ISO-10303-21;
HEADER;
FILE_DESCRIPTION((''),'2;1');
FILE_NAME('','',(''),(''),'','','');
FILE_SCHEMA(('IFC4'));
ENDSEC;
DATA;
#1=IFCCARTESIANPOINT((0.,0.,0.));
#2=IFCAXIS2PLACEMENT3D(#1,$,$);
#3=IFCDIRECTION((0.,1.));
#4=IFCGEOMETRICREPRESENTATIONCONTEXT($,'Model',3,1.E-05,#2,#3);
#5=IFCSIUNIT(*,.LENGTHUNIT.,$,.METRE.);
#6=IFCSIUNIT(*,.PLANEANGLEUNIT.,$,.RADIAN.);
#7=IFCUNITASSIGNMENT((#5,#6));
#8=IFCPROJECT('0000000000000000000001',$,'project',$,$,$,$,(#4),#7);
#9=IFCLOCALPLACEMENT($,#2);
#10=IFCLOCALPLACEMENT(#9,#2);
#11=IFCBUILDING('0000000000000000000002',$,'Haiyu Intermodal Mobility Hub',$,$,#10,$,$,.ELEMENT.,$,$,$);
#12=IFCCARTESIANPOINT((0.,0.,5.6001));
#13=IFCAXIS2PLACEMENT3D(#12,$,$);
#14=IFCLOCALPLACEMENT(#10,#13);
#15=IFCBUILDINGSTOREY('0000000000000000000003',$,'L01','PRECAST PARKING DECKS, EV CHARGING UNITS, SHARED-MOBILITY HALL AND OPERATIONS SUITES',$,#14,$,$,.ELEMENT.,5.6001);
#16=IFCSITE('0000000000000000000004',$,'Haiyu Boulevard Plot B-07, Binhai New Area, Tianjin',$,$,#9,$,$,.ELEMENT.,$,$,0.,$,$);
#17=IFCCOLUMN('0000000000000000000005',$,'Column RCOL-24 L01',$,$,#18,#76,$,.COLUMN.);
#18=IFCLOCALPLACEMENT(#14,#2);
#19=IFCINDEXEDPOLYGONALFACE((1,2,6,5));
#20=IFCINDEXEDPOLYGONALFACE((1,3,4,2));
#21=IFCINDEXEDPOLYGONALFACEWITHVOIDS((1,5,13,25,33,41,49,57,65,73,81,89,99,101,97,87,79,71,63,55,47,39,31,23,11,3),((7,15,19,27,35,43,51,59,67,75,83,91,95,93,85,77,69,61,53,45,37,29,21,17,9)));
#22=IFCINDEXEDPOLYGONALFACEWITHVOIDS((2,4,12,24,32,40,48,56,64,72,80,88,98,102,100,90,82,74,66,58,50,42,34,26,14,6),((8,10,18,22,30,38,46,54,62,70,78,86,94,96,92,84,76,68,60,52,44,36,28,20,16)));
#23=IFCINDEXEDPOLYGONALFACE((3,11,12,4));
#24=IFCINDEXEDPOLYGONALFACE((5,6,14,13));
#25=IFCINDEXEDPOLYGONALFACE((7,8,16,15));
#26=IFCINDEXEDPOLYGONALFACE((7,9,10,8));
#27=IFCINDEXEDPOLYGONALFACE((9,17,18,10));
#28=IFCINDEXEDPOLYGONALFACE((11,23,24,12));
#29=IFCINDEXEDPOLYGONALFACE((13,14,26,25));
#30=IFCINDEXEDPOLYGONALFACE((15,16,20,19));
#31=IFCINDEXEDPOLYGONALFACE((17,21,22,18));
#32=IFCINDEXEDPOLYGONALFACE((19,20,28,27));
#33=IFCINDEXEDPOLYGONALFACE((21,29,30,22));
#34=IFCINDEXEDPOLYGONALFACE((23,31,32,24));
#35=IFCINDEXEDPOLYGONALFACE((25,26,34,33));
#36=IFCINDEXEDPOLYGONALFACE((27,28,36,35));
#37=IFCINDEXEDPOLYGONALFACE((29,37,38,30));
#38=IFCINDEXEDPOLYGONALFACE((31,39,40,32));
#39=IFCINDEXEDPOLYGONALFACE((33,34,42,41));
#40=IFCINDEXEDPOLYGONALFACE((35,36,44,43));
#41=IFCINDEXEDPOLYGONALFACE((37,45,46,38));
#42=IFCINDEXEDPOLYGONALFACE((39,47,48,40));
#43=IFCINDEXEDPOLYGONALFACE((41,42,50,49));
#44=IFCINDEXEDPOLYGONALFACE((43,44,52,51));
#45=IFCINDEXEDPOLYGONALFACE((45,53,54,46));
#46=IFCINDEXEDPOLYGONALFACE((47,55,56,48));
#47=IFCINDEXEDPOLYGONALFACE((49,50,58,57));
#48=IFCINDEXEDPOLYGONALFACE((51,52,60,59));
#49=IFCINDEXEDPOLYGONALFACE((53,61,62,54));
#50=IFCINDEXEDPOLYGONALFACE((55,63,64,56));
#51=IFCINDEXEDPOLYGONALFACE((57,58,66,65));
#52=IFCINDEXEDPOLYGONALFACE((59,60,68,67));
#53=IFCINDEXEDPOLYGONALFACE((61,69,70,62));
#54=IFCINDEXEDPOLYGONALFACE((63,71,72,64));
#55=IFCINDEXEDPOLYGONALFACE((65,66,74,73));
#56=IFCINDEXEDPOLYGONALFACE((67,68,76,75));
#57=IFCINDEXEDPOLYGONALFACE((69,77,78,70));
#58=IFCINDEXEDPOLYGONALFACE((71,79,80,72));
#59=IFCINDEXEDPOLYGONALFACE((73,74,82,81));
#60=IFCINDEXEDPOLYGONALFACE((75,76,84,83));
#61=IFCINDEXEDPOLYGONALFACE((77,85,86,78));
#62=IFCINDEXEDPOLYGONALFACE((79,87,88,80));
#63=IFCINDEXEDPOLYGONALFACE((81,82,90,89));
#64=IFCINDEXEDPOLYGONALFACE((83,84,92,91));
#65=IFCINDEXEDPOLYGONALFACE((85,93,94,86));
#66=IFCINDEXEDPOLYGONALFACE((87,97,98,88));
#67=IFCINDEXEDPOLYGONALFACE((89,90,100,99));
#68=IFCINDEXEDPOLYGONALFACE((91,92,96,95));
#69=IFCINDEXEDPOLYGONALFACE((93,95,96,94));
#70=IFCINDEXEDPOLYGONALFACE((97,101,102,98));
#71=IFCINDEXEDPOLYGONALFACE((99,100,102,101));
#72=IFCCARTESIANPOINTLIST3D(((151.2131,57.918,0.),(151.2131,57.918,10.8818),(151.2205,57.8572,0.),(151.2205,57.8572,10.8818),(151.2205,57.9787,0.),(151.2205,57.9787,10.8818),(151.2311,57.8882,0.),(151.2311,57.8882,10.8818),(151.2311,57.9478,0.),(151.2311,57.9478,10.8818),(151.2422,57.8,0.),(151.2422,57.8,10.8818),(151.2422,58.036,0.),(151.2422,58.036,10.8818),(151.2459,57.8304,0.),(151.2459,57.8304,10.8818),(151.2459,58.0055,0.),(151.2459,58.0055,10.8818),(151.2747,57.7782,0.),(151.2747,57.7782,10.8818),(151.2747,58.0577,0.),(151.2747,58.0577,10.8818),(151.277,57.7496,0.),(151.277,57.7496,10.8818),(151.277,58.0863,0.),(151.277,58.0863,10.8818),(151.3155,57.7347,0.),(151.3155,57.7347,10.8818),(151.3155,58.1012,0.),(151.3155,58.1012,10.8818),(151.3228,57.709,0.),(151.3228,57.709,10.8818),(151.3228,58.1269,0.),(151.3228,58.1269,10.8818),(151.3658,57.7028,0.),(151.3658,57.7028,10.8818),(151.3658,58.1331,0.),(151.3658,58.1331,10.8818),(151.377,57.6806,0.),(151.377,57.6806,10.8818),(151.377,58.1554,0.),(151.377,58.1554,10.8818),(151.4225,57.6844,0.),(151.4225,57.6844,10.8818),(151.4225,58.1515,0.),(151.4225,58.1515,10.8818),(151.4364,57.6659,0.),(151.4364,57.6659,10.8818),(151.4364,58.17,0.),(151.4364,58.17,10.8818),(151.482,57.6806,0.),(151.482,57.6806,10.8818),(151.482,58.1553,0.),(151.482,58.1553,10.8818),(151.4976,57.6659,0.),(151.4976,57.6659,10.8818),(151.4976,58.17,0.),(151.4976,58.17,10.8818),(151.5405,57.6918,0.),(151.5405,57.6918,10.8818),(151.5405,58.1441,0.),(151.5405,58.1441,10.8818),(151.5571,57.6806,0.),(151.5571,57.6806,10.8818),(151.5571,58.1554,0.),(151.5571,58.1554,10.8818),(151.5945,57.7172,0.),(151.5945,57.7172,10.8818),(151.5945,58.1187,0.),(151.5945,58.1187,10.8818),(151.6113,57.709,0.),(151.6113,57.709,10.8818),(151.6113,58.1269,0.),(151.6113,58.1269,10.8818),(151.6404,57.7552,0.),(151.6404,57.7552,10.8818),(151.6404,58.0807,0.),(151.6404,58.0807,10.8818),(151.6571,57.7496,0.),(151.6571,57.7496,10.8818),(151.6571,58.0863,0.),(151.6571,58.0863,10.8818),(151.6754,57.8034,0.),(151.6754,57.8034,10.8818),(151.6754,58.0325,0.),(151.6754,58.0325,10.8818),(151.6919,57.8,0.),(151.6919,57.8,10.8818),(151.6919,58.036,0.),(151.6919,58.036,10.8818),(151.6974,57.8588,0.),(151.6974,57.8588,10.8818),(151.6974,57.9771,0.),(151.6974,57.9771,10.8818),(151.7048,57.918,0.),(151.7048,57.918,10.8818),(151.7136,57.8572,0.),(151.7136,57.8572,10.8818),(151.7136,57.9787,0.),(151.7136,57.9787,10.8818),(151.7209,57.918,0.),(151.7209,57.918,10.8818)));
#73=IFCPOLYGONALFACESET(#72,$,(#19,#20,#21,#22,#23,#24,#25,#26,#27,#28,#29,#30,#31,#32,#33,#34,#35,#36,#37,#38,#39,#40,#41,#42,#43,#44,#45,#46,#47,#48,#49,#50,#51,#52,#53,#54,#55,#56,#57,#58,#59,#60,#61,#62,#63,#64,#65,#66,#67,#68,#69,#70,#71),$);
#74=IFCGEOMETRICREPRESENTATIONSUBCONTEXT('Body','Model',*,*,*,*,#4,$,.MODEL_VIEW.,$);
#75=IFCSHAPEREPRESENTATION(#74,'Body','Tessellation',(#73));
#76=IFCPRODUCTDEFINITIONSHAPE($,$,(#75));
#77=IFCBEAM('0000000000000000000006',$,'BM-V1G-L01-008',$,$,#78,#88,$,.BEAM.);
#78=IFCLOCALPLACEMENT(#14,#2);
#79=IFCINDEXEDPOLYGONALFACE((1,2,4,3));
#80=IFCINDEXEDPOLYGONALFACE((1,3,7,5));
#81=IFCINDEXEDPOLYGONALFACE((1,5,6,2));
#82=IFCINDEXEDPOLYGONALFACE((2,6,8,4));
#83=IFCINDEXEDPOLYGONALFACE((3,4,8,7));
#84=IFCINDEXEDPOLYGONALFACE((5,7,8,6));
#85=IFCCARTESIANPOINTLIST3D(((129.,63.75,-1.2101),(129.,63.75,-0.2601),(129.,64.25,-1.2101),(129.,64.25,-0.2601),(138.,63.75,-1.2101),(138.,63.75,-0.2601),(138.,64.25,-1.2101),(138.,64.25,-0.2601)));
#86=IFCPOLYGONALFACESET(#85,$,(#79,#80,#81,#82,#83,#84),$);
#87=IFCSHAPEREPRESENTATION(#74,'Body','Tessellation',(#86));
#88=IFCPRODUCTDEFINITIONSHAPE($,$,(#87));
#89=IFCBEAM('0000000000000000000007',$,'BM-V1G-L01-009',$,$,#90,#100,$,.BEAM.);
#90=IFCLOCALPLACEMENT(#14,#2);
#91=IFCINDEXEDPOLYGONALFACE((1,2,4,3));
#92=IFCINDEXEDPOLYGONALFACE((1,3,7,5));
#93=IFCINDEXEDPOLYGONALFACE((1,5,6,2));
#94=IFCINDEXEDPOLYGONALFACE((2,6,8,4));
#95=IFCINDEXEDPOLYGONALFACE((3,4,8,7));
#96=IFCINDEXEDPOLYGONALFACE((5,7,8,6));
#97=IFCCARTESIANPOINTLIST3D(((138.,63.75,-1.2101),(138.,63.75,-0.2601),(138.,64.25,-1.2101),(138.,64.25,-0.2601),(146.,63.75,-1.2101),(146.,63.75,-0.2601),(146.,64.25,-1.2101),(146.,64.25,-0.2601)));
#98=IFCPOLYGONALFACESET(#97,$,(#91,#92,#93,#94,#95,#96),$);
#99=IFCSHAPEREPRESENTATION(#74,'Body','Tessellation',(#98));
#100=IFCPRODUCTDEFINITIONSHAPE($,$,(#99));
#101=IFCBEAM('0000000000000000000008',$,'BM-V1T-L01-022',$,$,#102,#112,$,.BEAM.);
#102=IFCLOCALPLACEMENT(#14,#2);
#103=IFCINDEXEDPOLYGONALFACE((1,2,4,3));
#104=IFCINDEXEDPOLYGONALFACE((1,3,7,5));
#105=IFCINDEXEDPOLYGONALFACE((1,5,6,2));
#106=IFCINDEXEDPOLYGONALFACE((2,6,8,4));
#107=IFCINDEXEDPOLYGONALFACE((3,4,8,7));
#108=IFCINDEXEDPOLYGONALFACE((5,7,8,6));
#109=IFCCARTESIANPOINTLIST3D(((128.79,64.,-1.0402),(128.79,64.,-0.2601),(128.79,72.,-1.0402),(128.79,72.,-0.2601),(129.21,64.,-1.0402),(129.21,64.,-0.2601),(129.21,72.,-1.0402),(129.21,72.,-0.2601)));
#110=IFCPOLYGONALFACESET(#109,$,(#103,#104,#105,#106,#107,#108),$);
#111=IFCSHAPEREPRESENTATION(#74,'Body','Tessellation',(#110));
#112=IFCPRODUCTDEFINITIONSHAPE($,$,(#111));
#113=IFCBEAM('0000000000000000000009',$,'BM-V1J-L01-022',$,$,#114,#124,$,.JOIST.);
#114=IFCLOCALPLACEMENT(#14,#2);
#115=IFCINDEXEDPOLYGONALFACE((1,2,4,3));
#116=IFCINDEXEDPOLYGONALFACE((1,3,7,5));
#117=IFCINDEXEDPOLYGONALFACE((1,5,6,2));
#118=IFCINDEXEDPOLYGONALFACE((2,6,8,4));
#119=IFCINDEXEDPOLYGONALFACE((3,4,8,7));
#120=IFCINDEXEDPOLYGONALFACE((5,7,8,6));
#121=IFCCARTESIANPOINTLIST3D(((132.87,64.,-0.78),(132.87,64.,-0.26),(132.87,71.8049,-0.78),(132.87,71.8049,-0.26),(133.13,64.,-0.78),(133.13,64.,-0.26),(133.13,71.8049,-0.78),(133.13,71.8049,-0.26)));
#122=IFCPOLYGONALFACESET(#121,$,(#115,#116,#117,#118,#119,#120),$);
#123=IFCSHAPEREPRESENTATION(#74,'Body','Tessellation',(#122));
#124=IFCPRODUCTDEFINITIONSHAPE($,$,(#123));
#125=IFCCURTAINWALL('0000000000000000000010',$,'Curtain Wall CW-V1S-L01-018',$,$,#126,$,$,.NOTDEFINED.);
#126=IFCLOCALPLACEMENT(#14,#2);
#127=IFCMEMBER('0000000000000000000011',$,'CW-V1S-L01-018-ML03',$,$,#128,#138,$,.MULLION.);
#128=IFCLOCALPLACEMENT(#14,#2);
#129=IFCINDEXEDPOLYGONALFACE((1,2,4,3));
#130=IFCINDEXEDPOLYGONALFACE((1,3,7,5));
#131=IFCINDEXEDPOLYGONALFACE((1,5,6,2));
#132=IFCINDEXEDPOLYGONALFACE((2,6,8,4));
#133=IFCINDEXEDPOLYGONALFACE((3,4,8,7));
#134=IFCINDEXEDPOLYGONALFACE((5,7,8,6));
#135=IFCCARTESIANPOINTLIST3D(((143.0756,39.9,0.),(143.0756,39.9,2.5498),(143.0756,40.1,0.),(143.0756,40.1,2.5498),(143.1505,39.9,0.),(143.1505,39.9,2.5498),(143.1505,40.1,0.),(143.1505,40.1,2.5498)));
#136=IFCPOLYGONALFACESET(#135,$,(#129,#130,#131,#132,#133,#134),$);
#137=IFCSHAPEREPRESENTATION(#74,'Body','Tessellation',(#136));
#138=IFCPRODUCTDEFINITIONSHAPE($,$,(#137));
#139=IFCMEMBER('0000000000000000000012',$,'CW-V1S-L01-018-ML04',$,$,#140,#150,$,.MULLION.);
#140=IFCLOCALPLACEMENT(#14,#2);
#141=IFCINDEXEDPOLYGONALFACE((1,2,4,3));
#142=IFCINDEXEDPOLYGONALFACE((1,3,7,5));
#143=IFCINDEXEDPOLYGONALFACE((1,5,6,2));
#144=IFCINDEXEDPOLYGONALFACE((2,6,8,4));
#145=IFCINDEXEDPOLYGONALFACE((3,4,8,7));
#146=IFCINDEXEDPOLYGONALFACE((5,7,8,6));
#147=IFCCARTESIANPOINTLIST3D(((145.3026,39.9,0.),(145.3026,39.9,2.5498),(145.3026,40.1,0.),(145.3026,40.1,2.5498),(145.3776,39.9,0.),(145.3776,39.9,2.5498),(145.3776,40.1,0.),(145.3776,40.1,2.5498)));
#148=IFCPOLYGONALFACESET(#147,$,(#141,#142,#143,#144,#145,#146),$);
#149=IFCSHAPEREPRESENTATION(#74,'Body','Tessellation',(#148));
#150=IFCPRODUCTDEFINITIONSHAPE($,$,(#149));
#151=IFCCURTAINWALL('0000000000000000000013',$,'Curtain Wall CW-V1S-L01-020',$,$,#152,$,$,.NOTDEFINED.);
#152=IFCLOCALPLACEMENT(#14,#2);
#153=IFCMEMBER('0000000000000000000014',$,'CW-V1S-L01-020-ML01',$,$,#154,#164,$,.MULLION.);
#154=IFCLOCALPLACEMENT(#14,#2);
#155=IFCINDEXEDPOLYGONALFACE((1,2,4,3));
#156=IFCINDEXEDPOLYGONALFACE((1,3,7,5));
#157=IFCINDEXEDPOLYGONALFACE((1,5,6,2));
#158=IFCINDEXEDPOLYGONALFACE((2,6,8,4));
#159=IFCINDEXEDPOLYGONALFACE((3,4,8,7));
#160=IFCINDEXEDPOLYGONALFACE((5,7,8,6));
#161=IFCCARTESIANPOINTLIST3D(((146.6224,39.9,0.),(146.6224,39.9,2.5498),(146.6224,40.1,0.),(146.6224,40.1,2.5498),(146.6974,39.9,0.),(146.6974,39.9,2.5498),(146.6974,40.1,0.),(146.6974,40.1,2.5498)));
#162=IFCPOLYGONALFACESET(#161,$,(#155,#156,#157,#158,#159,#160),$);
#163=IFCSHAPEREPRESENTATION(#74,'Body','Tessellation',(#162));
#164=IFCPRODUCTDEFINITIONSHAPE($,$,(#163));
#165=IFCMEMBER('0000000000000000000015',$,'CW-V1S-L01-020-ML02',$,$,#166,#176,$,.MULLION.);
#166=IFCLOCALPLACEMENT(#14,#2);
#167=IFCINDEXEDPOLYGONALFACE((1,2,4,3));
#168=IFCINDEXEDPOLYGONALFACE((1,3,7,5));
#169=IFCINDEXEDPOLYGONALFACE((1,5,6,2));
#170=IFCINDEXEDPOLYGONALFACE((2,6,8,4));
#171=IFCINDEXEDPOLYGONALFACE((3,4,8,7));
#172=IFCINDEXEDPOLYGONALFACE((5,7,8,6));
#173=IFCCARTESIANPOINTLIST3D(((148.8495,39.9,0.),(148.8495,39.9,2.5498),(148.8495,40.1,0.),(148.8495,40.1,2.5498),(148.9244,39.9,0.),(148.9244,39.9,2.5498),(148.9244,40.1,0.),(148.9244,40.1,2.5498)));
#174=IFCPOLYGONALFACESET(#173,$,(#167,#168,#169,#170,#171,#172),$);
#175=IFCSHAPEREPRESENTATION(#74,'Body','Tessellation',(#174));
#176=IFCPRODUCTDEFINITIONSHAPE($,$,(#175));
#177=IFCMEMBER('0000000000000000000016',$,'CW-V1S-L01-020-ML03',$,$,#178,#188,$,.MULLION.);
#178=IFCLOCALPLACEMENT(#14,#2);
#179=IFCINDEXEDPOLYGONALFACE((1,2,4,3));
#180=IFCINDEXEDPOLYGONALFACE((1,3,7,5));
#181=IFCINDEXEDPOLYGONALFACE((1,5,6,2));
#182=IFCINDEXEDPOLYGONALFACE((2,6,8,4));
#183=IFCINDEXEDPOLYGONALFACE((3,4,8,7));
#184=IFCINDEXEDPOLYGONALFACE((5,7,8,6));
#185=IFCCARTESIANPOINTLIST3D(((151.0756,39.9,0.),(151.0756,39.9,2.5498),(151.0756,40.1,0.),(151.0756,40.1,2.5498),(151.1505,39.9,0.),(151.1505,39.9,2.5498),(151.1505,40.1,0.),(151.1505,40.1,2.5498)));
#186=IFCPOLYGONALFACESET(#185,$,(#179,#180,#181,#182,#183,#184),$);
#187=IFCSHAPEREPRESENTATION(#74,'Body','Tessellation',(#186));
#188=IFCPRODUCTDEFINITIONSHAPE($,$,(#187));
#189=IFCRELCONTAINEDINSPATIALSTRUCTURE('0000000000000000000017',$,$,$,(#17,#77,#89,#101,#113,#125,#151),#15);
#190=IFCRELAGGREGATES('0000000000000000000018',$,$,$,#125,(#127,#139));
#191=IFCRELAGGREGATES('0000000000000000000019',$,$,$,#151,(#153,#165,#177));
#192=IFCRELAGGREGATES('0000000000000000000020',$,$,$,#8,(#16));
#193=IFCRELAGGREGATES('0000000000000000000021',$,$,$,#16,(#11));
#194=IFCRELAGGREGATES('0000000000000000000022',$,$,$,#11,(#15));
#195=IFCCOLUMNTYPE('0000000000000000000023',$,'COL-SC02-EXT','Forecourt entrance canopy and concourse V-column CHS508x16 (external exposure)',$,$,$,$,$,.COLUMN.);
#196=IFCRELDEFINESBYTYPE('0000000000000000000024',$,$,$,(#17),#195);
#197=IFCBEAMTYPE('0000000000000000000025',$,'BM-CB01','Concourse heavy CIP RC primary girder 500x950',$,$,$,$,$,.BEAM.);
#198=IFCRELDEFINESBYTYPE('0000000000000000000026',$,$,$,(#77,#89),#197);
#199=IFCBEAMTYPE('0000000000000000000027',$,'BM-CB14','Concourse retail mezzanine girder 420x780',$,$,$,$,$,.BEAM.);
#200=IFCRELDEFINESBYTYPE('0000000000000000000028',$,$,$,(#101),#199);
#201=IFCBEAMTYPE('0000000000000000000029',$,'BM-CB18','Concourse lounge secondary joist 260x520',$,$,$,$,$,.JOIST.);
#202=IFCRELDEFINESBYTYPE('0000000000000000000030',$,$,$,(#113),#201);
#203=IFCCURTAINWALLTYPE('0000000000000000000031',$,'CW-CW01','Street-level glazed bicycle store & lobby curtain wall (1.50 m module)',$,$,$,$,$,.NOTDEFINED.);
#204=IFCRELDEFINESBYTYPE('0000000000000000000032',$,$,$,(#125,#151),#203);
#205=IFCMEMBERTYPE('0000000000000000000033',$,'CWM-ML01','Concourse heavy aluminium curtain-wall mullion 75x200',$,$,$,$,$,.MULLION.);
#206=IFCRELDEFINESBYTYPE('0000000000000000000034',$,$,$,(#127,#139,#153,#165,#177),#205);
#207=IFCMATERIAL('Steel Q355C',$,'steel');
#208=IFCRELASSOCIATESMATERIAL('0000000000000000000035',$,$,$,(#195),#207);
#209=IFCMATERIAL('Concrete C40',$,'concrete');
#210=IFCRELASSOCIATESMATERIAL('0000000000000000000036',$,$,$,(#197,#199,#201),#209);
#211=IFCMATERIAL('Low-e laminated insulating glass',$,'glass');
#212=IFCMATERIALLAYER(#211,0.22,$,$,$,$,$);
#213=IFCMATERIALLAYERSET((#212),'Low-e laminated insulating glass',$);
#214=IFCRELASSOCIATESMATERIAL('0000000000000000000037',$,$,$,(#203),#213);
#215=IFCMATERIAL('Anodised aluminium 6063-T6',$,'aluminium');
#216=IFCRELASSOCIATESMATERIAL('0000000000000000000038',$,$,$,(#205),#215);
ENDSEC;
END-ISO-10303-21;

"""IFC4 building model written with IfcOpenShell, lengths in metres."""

from ifc_helpers import new_model, si_unit, direction, frame, origin, origin_2d, place, context, subcontext, project, spatial, rectangle, hollow_circle, extrude, material, layer, layer_set, material_profile, profile_set, type_object, element, aggregate, save


model = new_model("IFC4")

# Units and contexts
model_context = context("Model", 3, precision=1e-05, world=origin(), true_north=direction((0.0, 1.0)))
body_context = subcontext(model_context, "Body", "Model", "MODEL_VIEW")
ifc_project = project(units=[si_unit("LENGTHUNIT", "METRE"), si_unit("PLANEANGLEUNIT", "RADIAN")], contexts=[model_context])

# Site, building, storey
site_placement = place(None, origin())
site = spatial("IfcSite", under=ifc_project, at=site_placement, Name="Haiyu Boulevard Plot B-07, Binhai New Area, Tianjin", CompositionType="ELEMENT", RefElevation=0.0)
building_placement = place(site_placement, origin())
building = spatial("IfcBuilding", under=site, at=building_placement, Name="Haiyu Intermodal Mobility Hub", CompositionType="ELEMENT")
storey_placement = place(building_placement, frame((0.0, 0.0, 5.6001)))
storey = spatial("IfcBuildingStorey", under=building, at=storey_placement, Name="L01", Description="PRECAST PARKING DECKS, EV CHARGING UNITS, SHARED-MOBILITY HALL AND OPERATIONS SUITES", CompositionType="ELEMENT", Elevation=5.6001)

# Column
ifc_material_1 = material(Name="Concrete C40", Category="concrete")
ifc_material_2 = material(Name="Steel Q355C", Category="steel")
ifc_material_profile_1 = material_profile(ifc_material_2, hollow_circle(Radius=0.2539, WallThickness=0.0161, at=origin_2d()), Name="CHS508x16")
ifc_profile_set_1 = profile_set([ifc_material_profile_1], Name="Steel Q355C")
column_type_1 = type_object("IfcColumnType", Name="COL-SC02-EXT", Description="Forecourt entrance canopy and concourse V-column CHS508x16 (external exposure)", PredefinedType="COLUMN", material=ifc_profile_set_1)
column_1_placement = place(storey_placement, frame((151.467, 57.918, 0.0), z_axis=(0.0, 0.0, 1.0), x_axis=(1.0, 0.0, 0.0)))
element("IfcColumn", 1, at=column_1_placement, inside=storey, type_object=column_type_1, Name="Column RCOL-24 L01", PredefinedType="COLUMN", context=body_context, shape_type="SweptSolid", body=[
    extrude(hollow_circle(Radius=0.2539, WallThickness=0.0161, at=origin_2d()), origin(), (0.0, 0.0, 1.0), 10.8818),
])

# Beams
ifc_material_profile_2 = material_profile(ifc_material_1, rectangle(XDim=0.5, YDim=0.95, at=origin_2d()), Name="RCB500x950")
ifc_profile_set_2 = profile_set([ifc_material_profile_2], Name="Concrete C40")
beam_type_1 = type_object("IfcBeamType", Name="BM-CB01", Description="Concourse heavy CIP RC primary girder 500x950", PredefinedType="BEAM", material=ifc_profile_set_2)
beam_1_placement = place(storey_placement, frame((129.0, 64.0, -0.7351), z_axis=(1.0, 0.0, 0.0), x_axis=(0.0, 1.0, 0.0)))
element("IfcBeam", 2, at=beam_1_placement, inside=storey, type_object=beam_type_1, Name="BM-V1G-L01-008", PredefinedType="BEAM", context=body_context, shape_type="SweptSolid", body=[
    extrude(rectangle(XDim=0.5, YDim=0.95, at=origin_2d()), origin(), (0.0, 0.0, 1.0), 9.0),
])
beam_2_placement = place(storey_placement, frame((138.0, 64.0, -0.7351), z_axis=(1.0, 0.0, 0.0), x_axis=(0.0, 1.0, 0.0)))
element("IfcBeam", 3, at=beam_2_placement, inside=storey, type_object=beam_type_1, Name="BM-V1G-L01-009", PredefinedType="BEAM", context=body_context, shape_type="SweptSolid", body=[
    extrude(rectangle(XDim=0.5, YDim=0.95, at=origin_2d()), origin(), (0.0, 0.0, 1.0), 8.0),
])
ifc_material_profile_3 = material_profile(ifc_material_1, rectangle(XDim=0.4199, YDim=0.78, at=origin_2d()), Name="B420x780")
ifc_profile_set_3 = profile_set([ifc_material_profile_3], Name="Concrete C40")
beam_type_2 = type_object("IfcBeamType", Name="BM-CB14", Description="Concourse retail mezzanine girder 420x780", PredefinedType="BEAM", material=ifc_profile_set_3)
beam_3_placement = place(storey_placement, frame((129.0, 64.0, -0.6501), z_axis=(0.0, 1.0, 0.0), x_axis=(-1.0, 0.0, 0.0)))
element("IfcBeam", 4, at=beam_3_placement, inside=storey, type_object=beam_type_2, Name="BM-V1T-L01-022", PredefinedType="BEAM", context=body_context, shape_type="SweptSolid", body=[
    extrude(rectangle(XDim=0.4199, YDim=0.78, at=origin_2d()), origin(), (0.0, 0.0, 1.0), 8.0),
])
ifc_material_profile_4 = material_profile(ifc_material_1, rectangle(XDim=0.26, YDim=0.52, at=origin_2d()), Name="B260x520")
ifc_profile_set_4 = profile_set([ifc_material_profile_4], Name="Concrete C40")
beam_type_3 = type_object("IfcBeamType", Name="BM-CB18", Description="Concourse lounge secondary joist 260x520", PredefinedType="JOIST", material=ifc_profile_set_4)
beam_4_placement = place(storey_placement, frame((133.0, 64.0, -0.52), z_axis=(0.0, 1.0, 0.0), x_axis=(-1.0, 0.0, 0.0)))
element("IfcBeam", 5, at=beam_4_placement, inside=storey, type_object=beam_type_3, Name="BM-V1J-L01-022", PredefinedType="JOIST", context=body_context, shape_type="SweptSolid", body=[
    extrude(rectangle(XDim=0.26, YDim=0.52, at=origin_2d()), origin(), (0.0, 0.0, 1.0), 7.8049),
])

# Curtain walls, members
ifc_material_3 = material(Name="Low-e laminated insulating glass", Category="glass")
ifc_layer_1 = layer(ifc_material_3, 0.22)
ifc_layer_set_1 = layer_set([ifc_layer_1], Name="Low-e laminated insulating glass")
curtain_wall_type = type_object("IfcCurtainWallType", Name="CW-CW01", Description="Street-level glazed bicycle store & lobby curtain wall (1.50 m module)", PredefinedType="NOTDEFINED", material=ifc_layer_set_1)
curtain_wall_1_placement = place(storey_placement, origin())
curtain_wall_1 = element("IfcCurtainWall", 6, at=curtain_wall_1_placement, inside=storey, type_object=curtain_wall_type, Name="Curtain Wall CW-V1S-L01-018", PredefinedType="NOTDEFINED")
ifc_material_4 = material(Name="Anodised aluminium 6063-T6", Category="aluminium")
ifc_material_profile_5 = material_profile(ifc_material_4, rectangle(XDim=0.075, YDim=0.2, at=origin_2d()), Name="ALU75x200")
ifc_profile_set_5 = profile_set([ifc_material_profile_5], Name="Anodised aluminium 6063-T6")
member_type_1 = type_object("IfcMemberType", Name="CWM-ML01", Description="Concourse heavy aluminium curtain-wall mullion 75x200", PredefinedType="MULLION", material=ifc_profile_set_5)
member_1_placement = place(storey_placement, frame((143.113, 40.0, 0.0), z_axis=(0.0, 0.0, 1.0), x_axis=(1.0, 0.0, 0.0)))
member_1 = element("IfcMember", 7, at=member_1_placement, type_object=member_type_1, Name="CW-V1S-L01-018-ML03", PredefinedType="MULLION", context=body_context, shape_type="SweptSolid", body=[
    extrude(rectangle(XDim=0.075, YDim=0.2, at=origin_2d()), origin(), (0.0, 0.0, 1.0), 2.5498),
])
member_2_placement = place(storey_placement, frame((145.3401, 40.0, 0.0), z_axis=(0.0, 0.0, 1.0), x_axis=(1.0, 0.0, 0.0)))
member_2 = element("IfcMember", 8, at=member_2_placement, type_object=member_type_1, Name="CW-V1S-L01-018-ML04", PredefinedType="MULLION", context=body_context, shape_type="SweptSolid", body=[
    extrude(rectangle(XDim=0.075, YDim=0.2, at=origin_2d()), origin(), (0.0, 0.0, 1.0), 2.5498),
])
curtain_wall_2_placement = place(storey_placement, origin())
curtain_wall_2 = element("IfcCurtainWall", 9, at=curtain_wall_2_placement, inside=storey, type_object=curtain_wall_type, Name="Curtain Wall CW-V1S-L01-020", PredefinedType="NOTDEFINED")
member_3_placement = place(storey_placement, frame((146.6599, 40.0, 0.0), z_axis=(0.0, 0.0, 1.0), x_axis=(1.0, 0.0, 0.0)))
member_3 = element("IfcMember", 10, at=member_3_placement, type_object=member_type_1, Name="CW-V1S-L01-020-ML01", PredefinedType="MULLION", context=body_context, shape_type="SweptSolid", body=[
    extrude(rectangle(XDim=0.075, YDim=0.2, at=origin_2d()), origin(), (0.0, 0.0, 1.0), 2.5498),
])
member_4_placement = place(storey_placement, frame((148.887, 40.0, 0.0), z_axis=(0.0, 0.0, 1.0), x_axis=(1.0, 0.0, 0.0)))
member_4 = element("IfcMember", 11, at=member_4_placement, type_object=member_type_1, Name="CW-V1S-L01-020-ML02", PredefinedType="MULLION", context=body_context, shape_type="SweptSolid", body=[
    extrude(rectangle(XDim=0.075, YDim=0.2, at=origin_2d()), origin(), (0.0, 0.0, 1.0), 2.5498),
])
member_5_placement = place(storey_placement, frame((151.113, 40.0, 0.0), z_axis=(0.0, 0.0, 1.0), x_axis=(1.0, 0.0, 0.0)))
member_5 = element("IfcMember", 12, at=member_5_placement, type_object=member_type_1, Name="CW-V1S-L01-020-ML03", PredefinedType="MULLION", context=body_context, shape_type="SweptSolid", body=[
    extrude(rectangle(XDim=0.075, YDim=0.2, at=origin_2d()), origin(), (0.0, 0.0, 1.0), 2.5498),
])

aggregate(curtain_wall_1, [member_1, member_2])
aggregate(curtain_wall_2, [member_3, member_4, member_5])

save(model, "model.ifc")
